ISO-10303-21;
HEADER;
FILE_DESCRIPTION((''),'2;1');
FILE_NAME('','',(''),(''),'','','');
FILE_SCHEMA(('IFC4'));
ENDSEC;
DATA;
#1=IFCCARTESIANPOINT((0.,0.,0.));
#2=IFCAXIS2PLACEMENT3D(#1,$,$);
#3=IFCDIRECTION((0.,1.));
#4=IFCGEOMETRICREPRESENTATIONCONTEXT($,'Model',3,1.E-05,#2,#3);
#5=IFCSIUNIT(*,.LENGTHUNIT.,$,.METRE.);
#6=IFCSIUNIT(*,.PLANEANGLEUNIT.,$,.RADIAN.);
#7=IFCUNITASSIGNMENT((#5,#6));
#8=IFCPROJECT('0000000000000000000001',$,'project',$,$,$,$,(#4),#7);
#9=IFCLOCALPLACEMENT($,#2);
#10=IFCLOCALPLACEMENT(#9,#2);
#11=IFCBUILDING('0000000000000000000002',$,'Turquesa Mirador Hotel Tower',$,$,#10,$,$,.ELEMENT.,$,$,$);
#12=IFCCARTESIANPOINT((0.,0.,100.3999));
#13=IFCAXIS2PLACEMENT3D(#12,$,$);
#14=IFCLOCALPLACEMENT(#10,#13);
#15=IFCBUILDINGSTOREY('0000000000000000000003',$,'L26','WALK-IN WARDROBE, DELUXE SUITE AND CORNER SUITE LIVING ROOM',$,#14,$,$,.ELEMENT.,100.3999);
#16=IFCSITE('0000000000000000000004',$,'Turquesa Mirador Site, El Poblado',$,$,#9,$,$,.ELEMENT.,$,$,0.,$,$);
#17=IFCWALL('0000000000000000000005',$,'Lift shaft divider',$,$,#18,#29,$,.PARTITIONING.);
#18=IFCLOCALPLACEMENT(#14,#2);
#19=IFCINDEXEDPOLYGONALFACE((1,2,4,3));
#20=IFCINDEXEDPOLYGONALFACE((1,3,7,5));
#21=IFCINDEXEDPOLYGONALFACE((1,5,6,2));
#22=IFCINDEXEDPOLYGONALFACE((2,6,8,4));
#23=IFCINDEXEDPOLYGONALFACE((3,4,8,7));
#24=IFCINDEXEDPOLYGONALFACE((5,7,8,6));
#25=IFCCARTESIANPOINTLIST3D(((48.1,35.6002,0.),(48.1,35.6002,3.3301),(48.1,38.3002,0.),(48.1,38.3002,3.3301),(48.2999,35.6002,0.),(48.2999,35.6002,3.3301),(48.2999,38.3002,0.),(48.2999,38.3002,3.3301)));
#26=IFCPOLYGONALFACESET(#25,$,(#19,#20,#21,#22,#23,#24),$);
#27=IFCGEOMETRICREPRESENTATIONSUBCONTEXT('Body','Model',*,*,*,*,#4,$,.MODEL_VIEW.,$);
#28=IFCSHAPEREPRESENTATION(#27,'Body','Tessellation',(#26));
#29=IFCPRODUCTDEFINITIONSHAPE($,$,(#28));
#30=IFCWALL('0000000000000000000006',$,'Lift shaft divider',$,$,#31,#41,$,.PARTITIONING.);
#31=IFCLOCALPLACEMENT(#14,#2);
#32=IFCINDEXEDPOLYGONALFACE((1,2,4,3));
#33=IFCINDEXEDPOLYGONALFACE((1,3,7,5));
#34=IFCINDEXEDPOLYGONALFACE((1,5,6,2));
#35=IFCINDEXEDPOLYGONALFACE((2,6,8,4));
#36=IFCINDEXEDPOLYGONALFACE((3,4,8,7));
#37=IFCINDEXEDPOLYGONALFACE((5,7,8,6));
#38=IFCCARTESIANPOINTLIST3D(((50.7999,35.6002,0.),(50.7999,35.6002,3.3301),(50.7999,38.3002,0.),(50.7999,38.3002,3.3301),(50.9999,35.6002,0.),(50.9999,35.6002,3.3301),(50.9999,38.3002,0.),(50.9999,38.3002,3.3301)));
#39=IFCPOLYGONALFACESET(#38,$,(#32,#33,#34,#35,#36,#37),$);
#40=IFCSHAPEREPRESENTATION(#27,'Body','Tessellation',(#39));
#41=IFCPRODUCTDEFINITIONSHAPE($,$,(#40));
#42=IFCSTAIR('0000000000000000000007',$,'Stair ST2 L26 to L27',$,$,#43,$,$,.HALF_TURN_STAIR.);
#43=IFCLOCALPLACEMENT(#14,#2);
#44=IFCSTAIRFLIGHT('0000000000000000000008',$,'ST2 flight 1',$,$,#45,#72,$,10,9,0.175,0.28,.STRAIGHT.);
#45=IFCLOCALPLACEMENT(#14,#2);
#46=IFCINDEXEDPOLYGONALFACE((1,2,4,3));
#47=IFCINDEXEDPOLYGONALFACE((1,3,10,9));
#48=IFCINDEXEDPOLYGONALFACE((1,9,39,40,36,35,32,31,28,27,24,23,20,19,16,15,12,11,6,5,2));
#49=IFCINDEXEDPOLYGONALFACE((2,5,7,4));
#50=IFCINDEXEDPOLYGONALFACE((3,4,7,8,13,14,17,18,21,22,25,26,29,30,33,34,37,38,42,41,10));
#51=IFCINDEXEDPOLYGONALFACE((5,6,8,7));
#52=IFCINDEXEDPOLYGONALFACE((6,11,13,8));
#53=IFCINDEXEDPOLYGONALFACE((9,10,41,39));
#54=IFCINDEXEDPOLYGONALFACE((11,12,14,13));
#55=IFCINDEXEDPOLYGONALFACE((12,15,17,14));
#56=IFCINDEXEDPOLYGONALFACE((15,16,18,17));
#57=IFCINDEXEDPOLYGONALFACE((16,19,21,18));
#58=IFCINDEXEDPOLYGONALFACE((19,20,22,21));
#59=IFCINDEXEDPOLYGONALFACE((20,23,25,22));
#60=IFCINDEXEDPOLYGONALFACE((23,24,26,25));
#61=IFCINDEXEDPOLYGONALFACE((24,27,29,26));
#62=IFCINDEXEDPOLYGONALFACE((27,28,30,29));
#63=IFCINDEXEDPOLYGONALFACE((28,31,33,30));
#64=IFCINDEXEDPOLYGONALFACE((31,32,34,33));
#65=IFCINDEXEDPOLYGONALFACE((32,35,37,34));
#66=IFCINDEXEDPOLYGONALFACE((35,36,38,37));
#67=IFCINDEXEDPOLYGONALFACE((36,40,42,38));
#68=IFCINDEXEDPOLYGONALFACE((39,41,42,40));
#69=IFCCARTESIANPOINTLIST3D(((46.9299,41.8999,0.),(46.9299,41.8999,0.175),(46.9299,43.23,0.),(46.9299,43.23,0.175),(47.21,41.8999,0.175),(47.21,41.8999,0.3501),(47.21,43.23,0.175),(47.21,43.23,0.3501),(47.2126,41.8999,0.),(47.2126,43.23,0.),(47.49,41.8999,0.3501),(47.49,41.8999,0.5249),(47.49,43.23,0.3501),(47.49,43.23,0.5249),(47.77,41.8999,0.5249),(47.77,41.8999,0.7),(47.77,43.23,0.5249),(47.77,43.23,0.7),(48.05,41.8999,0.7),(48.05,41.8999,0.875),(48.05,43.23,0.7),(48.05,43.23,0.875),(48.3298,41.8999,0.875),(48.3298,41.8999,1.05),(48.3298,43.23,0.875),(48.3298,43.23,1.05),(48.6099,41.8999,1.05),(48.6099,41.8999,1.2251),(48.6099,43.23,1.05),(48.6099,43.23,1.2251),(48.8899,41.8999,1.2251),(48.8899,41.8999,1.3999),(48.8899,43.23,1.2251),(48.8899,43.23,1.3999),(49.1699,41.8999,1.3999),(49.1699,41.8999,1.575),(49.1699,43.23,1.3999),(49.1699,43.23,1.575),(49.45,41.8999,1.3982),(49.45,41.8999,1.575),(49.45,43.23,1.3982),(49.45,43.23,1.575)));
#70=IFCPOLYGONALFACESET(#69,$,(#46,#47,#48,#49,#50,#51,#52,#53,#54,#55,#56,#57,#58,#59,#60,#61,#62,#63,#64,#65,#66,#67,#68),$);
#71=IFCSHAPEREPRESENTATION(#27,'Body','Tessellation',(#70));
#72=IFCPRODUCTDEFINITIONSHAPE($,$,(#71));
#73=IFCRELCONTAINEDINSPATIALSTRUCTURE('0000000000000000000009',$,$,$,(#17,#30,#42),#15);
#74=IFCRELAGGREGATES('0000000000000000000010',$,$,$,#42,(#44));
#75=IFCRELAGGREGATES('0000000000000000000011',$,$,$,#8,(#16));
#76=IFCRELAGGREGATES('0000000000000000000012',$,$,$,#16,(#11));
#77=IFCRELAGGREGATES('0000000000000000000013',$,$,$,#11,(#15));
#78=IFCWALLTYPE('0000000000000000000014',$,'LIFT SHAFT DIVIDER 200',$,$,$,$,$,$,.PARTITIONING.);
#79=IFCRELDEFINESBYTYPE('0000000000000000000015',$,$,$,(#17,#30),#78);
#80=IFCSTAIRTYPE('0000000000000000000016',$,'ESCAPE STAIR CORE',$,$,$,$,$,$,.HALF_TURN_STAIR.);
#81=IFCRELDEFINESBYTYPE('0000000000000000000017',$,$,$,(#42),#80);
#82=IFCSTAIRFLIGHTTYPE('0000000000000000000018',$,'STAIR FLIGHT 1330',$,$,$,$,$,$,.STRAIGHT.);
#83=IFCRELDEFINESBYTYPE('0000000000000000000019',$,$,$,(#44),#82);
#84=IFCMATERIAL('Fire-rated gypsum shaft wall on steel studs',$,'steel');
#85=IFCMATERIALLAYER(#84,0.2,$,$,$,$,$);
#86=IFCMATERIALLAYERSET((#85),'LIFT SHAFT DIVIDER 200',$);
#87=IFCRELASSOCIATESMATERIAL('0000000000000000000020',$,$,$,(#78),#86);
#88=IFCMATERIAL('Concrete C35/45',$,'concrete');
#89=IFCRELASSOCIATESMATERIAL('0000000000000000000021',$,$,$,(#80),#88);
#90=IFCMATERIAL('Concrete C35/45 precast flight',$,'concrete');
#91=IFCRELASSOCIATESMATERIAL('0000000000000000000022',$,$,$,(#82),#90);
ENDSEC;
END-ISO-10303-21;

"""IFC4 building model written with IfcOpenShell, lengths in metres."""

from ifc_helpers import new_model, si_unit, direction, frame, frame_2d, origin, place, context, subcontext, project, spatial, polyline, rectangle, outline, extrude, material, layer, layer_set, type_object, element, aggregate, save


model = new_model("IFC4")

# Units and contexts
model_context = context("Model", 3, precision=1e-05, world=origin(), true_north=direction((0.0, 1.0)))
body_context = subcontext(model_context, "Body", "Model", "MODEL_VIEW")
ifc_project = project(units=[si_unit("LENGTHUNIT", "METRE"), si_unit("PLANEANGLEUNIT", "RADIAN")], contexts=[model_context])

# Site, building, storey
site_placement = place(None, origin())
site = spatial("IfcSite", under=ifc_project, at=site_placement, Name="Turquesa Mirador Site, El Poblado", CompositionType="ELEMENT", RefElevation=0.0)
building_placement = place(site_placement, origin())
building = spatial("IfcBuilding", under=site, at=building_placement, Name="Turquesa Mirador Hotel Tower", CompositionType="ELEMENT")
storey_placement = place(building_placement, frame((0.0, 0.0, 100.3999)))
storey = spatial("IfcBuildingStorey", under=building, at=storey_placement, Name="L26", Description="WALK-IN WARDROBE, DELUXE SUITE AND CORNER SUITE LIVING ROOM", CompositionType="ELEMENT", Elevation=100.3999)

# Walls
ifc_material_1 = material(Name="Fire-rated gypsum shaft wall on steel studs", Category="steel")
ifc_layer_1 = layer(ifc_material_1, 0.2)
ifc_layer_set_1 = layer_set([ifc_layer_1], Name="LIFT SHAFT DIVIDER 200")
wall_type_1 = type_object("IfcWallType", Name="LIFT SHAFT DIVIDER 200", PredefinedType="PARTITIONING", material=ifc_layer_set_1)
for number, where, z_axis, x_axis, name in (
    (1, (48.2, 35.6001, 0.0), (0.0, 0.0, 1.0), (0.0, 1.0, 0.0), "Lift shaft divider"),
    (2, (50.8999, 35.6001, 0.0), (0.0, 0.0, 1.0), (0.0, 1.0, 0.0), "Lift shaft divider"),
):
    element("IfcWall", number, at=place(storey_placement, frame(where, z_axis=z_axis, x_axis=x_axis)), inside=storey, type_object=wall_type_1, Name=name, PredefinedType="PARTITIONING", context=body_context, shape_type="SweptSolid", body=[
        extrude(rectangle(XDim=2.7, YDim=0.2, at=frame_2d((1.3501, 0.0))), origin(), (0.0, 0.0, 1.0), 3.3301),
    ])

# Stair, stair flight
ifc_material_2 = material(Name="Concrete C35/45", Category="concrete")
stair_type = type_object("IfcStairType", Name="ESCAPE STAIR CORE", PredefinedType="HALF_TURN_STAIR", material=ifc_material_2)
stair_placement = place(storey_placement, origin())
stair = element("IfcStair", 3, at=stair_placement, inside=storey, type_object=stair_type, Name="Stair ST2 L26 to L27", PredefinedType="HALF_TURN_STAIR")
ifc_material_3 = material(Name="Concrete C35/45 precast flight", Category="concrete")
stair_flight_type = type_object("IfcStairFlightType", Name="STAIR FLIGHT 1330", PredefinedType="STRAIGHT", material=ifc_material_3)
stair_flight_placement = place(storey_placement, frame((46.9299, 42.5649, 0.0), z_axis=(0.0, 0.0, 1.0), x_axis=(1.0, 0.0, 0.0)))
stair_flight = element("IfcStairFlight", 4, at=stair_flight_placement, type_object=stair_flight_type, Name="ST2 flight 1", NumberOfRisers=10, NumberOfTreads=9, PredefinedType="STRAIGHT", RiserHeight=0.175, TreadLength=0.28, context=body_context, shape_type="SweptSolid", body=[
    extrude(outline(polyline([(0.0, 0.0), (0.0, 0.175), (0.28, 0.175), (0.28, 0.3501), (0.5601, 0.3501), (0.5601, 0.5249), (0.8401, 0.5249), (0.8401, 0.7), (1.1201, 0.7), (1.1201, 0.875), (1.3999, 0.875), (1.3999, 1.05), (1.6799, 1.05), (1.6799, 1.2251), (1.96, 1.2251), (1.96, 1.3999), (2.24, 1.3999), (2.24, 1.575), (2.52, 1.575), (2.52, 1.75), (2.52, 1.3982), (0.2827, 0.0), (0.0, 0.0)])), frame((0.0, 0.665, 0.0), z_axis=(0.0, -1.0, 0.0), x_axis=(1.0, 0.0, 0.0)), (0.0, 0.0, 1.0), 1.3301),
])
aggregate(stair, [stair_flight])

save(model, "model.ifc")
